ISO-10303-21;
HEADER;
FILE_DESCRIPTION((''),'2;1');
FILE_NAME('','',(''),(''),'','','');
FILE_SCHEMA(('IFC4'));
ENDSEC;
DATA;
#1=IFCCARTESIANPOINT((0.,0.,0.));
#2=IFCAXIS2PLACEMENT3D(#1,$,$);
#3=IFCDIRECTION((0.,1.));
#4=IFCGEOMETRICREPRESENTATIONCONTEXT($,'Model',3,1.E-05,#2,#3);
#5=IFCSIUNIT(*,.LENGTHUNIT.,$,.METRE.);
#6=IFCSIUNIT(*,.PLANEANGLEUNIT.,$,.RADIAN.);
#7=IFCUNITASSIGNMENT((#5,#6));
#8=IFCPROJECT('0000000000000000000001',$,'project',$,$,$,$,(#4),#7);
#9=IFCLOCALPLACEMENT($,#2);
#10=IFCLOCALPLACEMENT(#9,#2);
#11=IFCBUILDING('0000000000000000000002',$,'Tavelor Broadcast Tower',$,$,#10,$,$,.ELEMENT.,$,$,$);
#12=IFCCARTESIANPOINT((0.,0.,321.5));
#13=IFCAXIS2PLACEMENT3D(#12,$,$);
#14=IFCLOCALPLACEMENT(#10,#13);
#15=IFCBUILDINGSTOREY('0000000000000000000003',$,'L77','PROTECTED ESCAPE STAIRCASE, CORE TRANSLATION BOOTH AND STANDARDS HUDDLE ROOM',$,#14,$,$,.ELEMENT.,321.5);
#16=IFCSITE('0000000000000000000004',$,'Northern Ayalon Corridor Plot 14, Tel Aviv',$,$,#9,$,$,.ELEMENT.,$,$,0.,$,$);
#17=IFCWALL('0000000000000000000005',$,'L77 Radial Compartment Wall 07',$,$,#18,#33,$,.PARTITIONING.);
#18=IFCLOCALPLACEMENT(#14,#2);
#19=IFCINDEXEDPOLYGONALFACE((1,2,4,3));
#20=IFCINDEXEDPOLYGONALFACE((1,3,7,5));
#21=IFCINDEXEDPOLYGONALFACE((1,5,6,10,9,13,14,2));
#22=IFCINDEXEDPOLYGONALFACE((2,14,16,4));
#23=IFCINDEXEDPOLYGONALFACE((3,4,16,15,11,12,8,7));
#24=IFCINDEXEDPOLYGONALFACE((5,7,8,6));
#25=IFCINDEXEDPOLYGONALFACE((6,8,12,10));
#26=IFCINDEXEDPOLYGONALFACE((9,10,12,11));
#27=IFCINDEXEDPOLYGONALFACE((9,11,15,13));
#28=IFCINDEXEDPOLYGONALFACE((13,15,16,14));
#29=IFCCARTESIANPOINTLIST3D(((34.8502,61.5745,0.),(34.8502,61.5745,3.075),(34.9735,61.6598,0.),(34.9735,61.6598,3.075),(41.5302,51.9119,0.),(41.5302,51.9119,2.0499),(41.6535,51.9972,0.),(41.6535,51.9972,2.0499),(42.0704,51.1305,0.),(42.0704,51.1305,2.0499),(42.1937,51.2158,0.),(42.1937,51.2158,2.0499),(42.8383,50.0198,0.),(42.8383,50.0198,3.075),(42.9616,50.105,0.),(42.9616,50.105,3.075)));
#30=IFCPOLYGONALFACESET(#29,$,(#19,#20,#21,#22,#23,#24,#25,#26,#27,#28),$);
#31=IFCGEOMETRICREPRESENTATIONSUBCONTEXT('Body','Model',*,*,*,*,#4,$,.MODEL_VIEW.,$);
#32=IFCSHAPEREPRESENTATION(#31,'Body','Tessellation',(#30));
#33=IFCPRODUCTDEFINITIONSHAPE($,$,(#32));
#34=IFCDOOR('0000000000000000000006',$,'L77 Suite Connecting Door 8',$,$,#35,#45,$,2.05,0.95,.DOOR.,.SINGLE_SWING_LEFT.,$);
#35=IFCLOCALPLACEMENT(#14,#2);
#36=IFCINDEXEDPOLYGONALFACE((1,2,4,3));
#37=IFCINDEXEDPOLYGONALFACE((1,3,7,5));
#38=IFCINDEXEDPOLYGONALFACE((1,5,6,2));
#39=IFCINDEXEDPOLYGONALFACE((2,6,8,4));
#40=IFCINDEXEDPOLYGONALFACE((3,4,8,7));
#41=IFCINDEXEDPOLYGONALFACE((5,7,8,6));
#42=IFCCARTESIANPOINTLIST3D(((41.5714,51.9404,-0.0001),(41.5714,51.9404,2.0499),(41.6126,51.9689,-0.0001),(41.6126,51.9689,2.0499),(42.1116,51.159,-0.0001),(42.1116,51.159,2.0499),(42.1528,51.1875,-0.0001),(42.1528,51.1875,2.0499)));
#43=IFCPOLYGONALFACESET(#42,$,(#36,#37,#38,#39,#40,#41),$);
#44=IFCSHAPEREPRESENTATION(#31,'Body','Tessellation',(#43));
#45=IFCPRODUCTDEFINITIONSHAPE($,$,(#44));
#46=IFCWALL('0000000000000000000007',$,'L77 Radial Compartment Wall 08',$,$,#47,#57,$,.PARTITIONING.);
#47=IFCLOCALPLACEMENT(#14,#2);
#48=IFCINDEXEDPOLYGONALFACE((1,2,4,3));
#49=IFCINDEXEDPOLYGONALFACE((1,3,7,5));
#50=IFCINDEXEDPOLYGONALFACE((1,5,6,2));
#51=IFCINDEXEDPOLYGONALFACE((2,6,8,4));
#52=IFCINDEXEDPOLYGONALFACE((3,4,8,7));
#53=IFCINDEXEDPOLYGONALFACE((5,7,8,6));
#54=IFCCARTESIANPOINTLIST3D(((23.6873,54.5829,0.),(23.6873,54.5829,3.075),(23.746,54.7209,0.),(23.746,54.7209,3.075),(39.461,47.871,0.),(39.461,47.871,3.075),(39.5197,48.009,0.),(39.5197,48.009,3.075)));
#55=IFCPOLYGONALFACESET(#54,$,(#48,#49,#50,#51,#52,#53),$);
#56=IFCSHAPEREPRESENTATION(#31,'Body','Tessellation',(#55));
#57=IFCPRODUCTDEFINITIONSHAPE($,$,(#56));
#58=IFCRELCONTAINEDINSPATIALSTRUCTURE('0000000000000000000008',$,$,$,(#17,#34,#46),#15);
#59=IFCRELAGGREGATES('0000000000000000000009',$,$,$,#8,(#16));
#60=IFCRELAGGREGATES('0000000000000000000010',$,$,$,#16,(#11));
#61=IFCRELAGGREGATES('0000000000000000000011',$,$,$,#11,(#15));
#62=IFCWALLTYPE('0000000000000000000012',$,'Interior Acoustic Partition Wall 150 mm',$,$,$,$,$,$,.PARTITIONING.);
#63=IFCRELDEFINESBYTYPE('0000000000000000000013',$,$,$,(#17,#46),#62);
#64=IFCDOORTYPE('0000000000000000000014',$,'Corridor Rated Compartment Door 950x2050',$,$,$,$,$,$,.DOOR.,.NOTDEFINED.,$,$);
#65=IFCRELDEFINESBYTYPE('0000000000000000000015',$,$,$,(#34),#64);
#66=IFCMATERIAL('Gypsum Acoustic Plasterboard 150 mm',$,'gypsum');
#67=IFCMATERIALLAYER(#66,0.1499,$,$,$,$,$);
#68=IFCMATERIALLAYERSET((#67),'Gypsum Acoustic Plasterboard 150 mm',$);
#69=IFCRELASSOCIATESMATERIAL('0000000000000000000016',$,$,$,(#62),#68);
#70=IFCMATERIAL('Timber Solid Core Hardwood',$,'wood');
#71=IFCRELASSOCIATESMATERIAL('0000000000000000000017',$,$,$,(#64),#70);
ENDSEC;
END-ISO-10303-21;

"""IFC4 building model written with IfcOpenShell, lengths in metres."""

from ifc_helpers import new_model, si_unit, direction, frame, frame_2d, origin, place, context, subcontext, project, spatial, rectangle, extrude, material, layer, layer_set, type_object, element, fill, save


model = new_model("IFC4")

# Units and contexts
model_context = context("Model", 3, precision=1e-05, world=origin(), true_north=direction((0.0, 1.0)))
body_context = subcontext(model_context, "Body", "Model", "MODEL_VIEW")
ifc_project = project(units=[si_unit("LENGTHUNIT", "METRE"), si_unit("PLANEANGLEUNIT", "RADIAN")], contexts=[model_context])

# Site, building, storey
site_placement = place(None, origin())
site = spatial("IfcSite", under=ifc_project, at=site_placement, Name="Northern Ayalon Corridor Plot 14, Tel Aviv", CompositionType="ELEMENT", RefElevation=0.0)
building_placement = place(site_placement, origin())
building = spatial("IfcBuilding", under=site, at=building_placement, Name="Tavelor Broadcast Tower", CompositionType="ELEMENT")
storey_placement = place(building_placement, frame((0.0, 0.0, 321.5)))
storey = spatial("IfcBuildingStorey", under=building, at=storey_placement, Name="L77", Description="PROTECTED ESCAPE STAIRCASE, CORE TRANSLATION BOOTH AND STANDARDS HUDDLE ROOM", CompositionType="ELEMENT", Elevation=321.5)

# Shared definitions
ifc_material_1 = material(Name="Gypsum Acoustic Plasterboard 150 mm", Category="gypsum")
ifc_layer_1 = layer(ifc_material_1, 0.1499)
ifc_layer_set_1 = layer_set([ifc_layer_1], Name="Gypsum Acoustic Plasterboard 150 mm")
wall_type_1 = type_object("IfcWallType", Name="Interior Acoustic Partition Wall 150 mm", PredefinedType="PARTITIONING", material=ifc_layer_set_1)

# Wall, opening, door
wall_1_placement = place(storey_placement, frame((42.8999, 50.0625, 0.0), z_axis=(0.0, 0.0, 1.0), x_axis=(-0.568663, 0.822571, 0.0)))
wall_1 = element("IfcWall", 1, at=wall_1_placement, inside=storey, type_object=wall_type_1, Name="L77 Radial Compartment Wall 07", PredefinedType="PARTITIONING", context=body_context, shape_type="SweptSolid", body=[
    extrude(rectangle(XDim=14.0471, YDim=0.1499, at=frame_2d((7.0234, 0.0))), origin(), (0.0, 0.0, 1.0), 3.075),
])
opening_1_placement = place(wall_1_placement, frame((1.3501, 0.0, 0.0)))
opening_1 = element("IfcOpeningElement", 2, at=opening_1_placement, cuts=wall_1, PredefinedType="OPENING", context=body_context, shape_type="SweptSolid", body=[
    extrude(rectangle(XDim=0.95, YDim=2.05, at=frame_2d((0.4751, 1.0249))), frame((0.0, 0.085, 0.0), z_axis=(0.0, -1.0, 0.0), x_axis=(1.0, 0.0, 0.0)), (0.0, 0.0, 1.0), 0.1699),
])
ifc_material_2 = material(Name="Timber Solid Core Hardwood", Category="wood")
door_type_1 = type_object("IfcDoorType", Name="Corridor Rated Compartment Door 950x2050", OperationType="NOTDEFINED", PredefinedType="DOOR", material=ifc_material_2)
door_1_placement = place(opening_1_placement, origin())
door_1 = element("IfcDoor", 3, at=door_1_placement, inside=storey, type_object=door_type_1, Name="L77 Suite Connecting Door 8", OperationType="SINGLE_SWING_LEFT", OverallHeight=2.05, OverallWidth=0.95, PredefinedType="DOOR", context=body_context, shape_type="SweptSolid", body=[
    extrude(rectangle(XDim=0.95, YDim=2.05, at=frame_2d((0.4751, 1.0249))), frame((0.0, 0.0249, 0.0), z_axis=(0.0, -1.0, 0.0), x_axis=(1.0, 0.0, 0.0)), (0.0, 0.0, 1.0), 0.05),
])
fill(opening_1, door_1)

# Wall
wall_2_placement = place(storey_placement, frame((39.4905, 47.9399, 0.0), z_axis=(0.0, 0.0, 1.0), x_axis=(-0.920161, 0.391541, 0.0)))
element("IfcWall", 4, at=wall_2_placement, inside=storey, type_object=wall_type_1, Name="L77 Radial Compartment Wall 08", PredefinedType="PARTITIONING", context=body_context, shape_type="SweptSolid", body=[
    extrude(rectangle(XDim=17.1423, YDim=0.1499, at=frame_2d((8.5713, 0.0))), origin(), (0.0, 0.0, 1.0), 3.075),
])

save(model, "model.ifc")
